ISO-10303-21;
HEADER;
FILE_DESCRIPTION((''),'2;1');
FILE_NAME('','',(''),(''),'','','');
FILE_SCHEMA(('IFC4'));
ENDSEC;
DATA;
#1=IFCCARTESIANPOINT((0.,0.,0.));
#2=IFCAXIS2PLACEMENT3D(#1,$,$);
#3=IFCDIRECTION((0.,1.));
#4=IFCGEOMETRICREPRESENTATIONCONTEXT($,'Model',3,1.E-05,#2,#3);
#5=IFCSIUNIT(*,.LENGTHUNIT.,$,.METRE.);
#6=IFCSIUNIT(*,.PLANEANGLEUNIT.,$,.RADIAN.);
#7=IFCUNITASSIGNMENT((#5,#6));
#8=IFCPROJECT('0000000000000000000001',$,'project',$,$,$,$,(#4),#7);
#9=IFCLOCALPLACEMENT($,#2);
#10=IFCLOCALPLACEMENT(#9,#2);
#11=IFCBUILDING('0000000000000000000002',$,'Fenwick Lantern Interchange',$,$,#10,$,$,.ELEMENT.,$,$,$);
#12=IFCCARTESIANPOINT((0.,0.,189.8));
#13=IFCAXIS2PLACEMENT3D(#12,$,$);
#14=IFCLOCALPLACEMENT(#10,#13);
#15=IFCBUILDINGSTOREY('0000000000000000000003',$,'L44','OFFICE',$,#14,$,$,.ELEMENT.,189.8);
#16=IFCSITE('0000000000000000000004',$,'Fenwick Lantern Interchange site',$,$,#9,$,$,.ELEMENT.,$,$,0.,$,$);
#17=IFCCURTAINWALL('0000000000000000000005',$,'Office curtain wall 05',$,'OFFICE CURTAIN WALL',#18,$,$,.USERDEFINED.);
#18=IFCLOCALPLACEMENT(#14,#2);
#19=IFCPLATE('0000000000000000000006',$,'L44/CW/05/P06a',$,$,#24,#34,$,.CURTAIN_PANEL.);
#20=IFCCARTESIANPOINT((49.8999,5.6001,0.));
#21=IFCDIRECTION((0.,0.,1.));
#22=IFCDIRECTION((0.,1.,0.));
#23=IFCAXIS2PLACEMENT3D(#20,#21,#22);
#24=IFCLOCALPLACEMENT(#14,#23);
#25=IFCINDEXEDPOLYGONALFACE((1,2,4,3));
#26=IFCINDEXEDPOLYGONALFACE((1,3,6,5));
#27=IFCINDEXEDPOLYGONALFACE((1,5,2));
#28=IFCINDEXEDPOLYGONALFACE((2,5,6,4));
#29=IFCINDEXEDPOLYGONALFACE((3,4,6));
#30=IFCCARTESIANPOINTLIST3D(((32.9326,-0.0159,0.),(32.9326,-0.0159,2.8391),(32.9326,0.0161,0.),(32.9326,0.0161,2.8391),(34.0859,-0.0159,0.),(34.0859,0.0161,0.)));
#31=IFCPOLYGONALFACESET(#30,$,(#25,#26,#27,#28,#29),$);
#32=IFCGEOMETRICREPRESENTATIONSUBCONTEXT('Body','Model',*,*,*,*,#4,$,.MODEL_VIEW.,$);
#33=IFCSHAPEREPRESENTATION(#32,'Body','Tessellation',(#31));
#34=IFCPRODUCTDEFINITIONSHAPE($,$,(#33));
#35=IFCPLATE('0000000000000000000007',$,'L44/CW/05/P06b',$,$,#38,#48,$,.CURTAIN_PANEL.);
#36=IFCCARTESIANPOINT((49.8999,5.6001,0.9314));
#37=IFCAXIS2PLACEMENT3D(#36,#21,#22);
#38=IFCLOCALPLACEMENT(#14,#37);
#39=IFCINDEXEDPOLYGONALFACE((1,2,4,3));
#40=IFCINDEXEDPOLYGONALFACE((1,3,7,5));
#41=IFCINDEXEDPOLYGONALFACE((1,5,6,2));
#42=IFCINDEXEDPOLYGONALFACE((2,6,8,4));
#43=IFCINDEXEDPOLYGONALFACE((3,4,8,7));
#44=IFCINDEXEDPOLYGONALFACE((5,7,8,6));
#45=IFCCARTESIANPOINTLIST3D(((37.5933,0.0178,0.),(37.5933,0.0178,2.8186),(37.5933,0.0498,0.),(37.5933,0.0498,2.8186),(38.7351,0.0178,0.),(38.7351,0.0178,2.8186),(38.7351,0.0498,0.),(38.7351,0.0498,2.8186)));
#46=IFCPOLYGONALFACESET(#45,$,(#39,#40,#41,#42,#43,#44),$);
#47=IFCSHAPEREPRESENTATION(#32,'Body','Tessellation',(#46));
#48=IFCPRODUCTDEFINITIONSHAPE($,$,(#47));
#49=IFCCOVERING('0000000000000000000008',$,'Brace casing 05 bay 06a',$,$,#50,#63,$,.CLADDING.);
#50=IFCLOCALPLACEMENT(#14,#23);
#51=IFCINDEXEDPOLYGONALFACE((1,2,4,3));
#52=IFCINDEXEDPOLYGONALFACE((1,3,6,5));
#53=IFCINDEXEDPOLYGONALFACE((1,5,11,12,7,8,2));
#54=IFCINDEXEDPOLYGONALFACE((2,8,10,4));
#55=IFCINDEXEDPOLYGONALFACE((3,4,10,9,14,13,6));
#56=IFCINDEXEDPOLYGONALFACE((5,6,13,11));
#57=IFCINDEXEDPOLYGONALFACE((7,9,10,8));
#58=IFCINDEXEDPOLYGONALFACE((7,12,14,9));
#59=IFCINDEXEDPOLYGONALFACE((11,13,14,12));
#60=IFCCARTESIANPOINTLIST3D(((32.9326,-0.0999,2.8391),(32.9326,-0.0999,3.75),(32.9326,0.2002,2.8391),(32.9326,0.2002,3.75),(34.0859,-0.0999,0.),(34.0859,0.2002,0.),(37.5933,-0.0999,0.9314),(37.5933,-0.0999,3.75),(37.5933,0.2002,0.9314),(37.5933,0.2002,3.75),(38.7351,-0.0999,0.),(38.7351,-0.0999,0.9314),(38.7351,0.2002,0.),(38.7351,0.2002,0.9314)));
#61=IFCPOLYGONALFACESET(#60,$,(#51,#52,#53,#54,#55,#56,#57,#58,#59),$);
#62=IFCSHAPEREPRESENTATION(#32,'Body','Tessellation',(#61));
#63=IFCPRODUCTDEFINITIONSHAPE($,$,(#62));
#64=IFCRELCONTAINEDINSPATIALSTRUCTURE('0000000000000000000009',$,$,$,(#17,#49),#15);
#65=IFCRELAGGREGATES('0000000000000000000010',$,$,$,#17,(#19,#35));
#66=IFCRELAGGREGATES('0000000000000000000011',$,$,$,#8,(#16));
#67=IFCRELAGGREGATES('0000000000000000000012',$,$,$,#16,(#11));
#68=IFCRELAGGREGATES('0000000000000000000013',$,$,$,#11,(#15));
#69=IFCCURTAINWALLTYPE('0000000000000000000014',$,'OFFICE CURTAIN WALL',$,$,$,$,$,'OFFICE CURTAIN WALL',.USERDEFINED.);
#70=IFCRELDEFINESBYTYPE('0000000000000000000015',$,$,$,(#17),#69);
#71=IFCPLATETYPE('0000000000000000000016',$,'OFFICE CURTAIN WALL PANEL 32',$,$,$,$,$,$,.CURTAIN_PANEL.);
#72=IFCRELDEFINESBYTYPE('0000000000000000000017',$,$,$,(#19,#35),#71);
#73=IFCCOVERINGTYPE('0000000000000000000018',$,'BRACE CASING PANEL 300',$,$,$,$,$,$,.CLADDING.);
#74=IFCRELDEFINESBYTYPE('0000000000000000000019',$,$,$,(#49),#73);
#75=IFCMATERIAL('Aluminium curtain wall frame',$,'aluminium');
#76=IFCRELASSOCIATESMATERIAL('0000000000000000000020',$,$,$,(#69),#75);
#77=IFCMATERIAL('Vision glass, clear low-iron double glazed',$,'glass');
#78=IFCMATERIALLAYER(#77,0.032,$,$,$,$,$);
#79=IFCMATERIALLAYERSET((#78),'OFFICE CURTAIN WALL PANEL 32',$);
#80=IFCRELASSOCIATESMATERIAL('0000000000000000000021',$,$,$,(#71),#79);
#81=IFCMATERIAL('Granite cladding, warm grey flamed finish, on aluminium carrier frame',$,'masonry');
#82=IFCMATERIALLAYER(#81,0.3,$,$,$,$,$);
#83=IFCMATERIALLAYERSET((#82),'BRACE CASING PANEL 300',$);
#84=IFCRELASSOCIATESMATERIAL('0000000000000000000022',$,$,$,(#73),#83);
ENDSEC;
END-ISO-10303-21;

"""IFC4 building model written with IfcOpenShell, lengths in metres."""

from ifc_helpers import new_model, si_unit, direction, frame, origin, place, context, subcontext, project, spatial, polyline, outline, extrude, material, layer, layer_set, type_object, element, aggregate, save


model = new_model("IFC4")

# Units and contexts
model_context = context("Model", 3, precision=1e-05, world=origin(), true_north=direction((0.0, 1.0)))
body_context = subcontext(model_context, "Body", "Model", "MODEL_VIEW")
ifc_project = project(units=[si_unit("LENGTHUNIT", "METRE"), si_unit("PLANEANGLEUNIT", "RADIAN")], contexts=[model_context])

# Site, building, storey
site_placement = place(None, origin())
site = spatial("IfcSite", under=ifc_project, at=site_placement, Name="Fenwick Lantern Interchange site", CompositionType="ELEMENT", RefElevation=0.0)
building_placement = place(site_placement, origin())
building = spatial("IfcBuilding", under=site, at=building_placement, Name="Fenwick Lantern Interchange", CompositionType="ELEMENT")
storey_placement = place(building_placement, frame((0.0, 0.0, 189.8)))
storey = spatial("IfcBuildingStorey", under=building, at=storey_placement, Name="L44", Description="OFFICE", CompositionType="ELEMENT", Elevation=189.8)

# Curtain wall, plates
ifc_material_1 = material(Name="Aluminium curtain wall frame", Category="aluminium")
curtain_wall_type = type_object("IfcCurtainWallType", Name="OFFICE CURTAIN WALL", ElementType="OFFICE CURTAIN WALL", PredefinedType="USERDEFINED", material=ifc_material_1)
curtain_wall_placement = place(storey_placement, origin())
curtain_wall = element("IfcCurtainWall", 1, at=curtain_wall_placement, inside=storey, type_object=curtain_wall_type, Name="Office curtain wall 05", ObjectType="OFFICE CURTAIN WALL", PredefinedType="USERDEFINED")
ifc_material_2 = material(Name="Vision glass, clear low-iron double glazed", Category="glass")
ifc_layer_1 = layer(ifc_material_2, 0.032)
ifc_layer_set_1 = layer_set([ifc_layer_1], Name="OFFICE CURTAIN WALL PANEL 32")
plate_type = type_object("IfcPlateType", Name="OFFICE CURTAIN WALL PANEL 32", PredefinedType="CURTAIN_PANEL", material=ifc_layer_set_1)
plate_1_placement = place(storey_placement, frame((49.8999, 5.6001, 0.0), z_axis=(0.0, 0.0, 1.0), x_axis=(0.0, 1.0, 0.0)))
plate_1 = element("IfcPlate", 2, at=plate_1_placement, type_object=plate_type, Name="L44/CW/05/P06a", PredefinedType="CURTAIN_PANEL", context=body_context, shape_type="SweptSolid", body=[
    extrude(outline(polyline([(32.9326, 0.0), (34.0859, 0.0), (32.9326, 2.8391), (32.9326, 0.0)])), frame((0.0, 0.0161, 0.0), z_axis=(0.0, -1.0, 0.0), x_axis=(1.0, 0.0, 0.0)), (0.0, 0.0, 1.0), 0.032),
])
plate_2_placement = place(storey_placement, frame((49.8999, 5.6001, 0.9314), z_axis=(0.0, 0.0, 1.0), x_axis=(0.0, 1.0, 0.0)))
plate_2 = element("IfcPlate", 3, at=plate_2_placement, type_object=plate_type, Name="L44/CW/05/P06b", PredefinedType="CURTAIN_PANEL", context=body_context, shape_type="SweptSolid", body=[
    extrude(outline(polyline([(37.5933, 0.0), (38.7351, 0.0), (38.7351, 2.8186), (37.5933, 2.8186), (37.5933, 0.0)])), frame((0.0, 0.0498, 0.0), z_axis=(0.0, -1.0, 0.0), x_axis=(1.0, 0.0, 0.0)), (0.0, 0.0, 1.0), 0.032),
])
aggregate(curtain_wall, [plate_1, plate_2])

# Covering
ifc_material_3 = material(Name="Granite cladding, warm grey flamed finish, on aluminium carrier frame", Category="masonry")
ifc_layer_2 = layer(ifc_material_3, 0.3)
ifc_layer_set_2 = layer_set([ifc_layer_2], Name="BRACE CASING PANEL 300")
covering_type = type_object("IfcCoveringType", Name="BRACE CASING PANEL 300", PredefinedType="CLADDING", material=ifc_layer_set_2)
covering_placement = place(storey_placement, frame((49.8999, 5.6001, 0.0), z_axis=(0.0, 0.0, 1.0), x_axis=(0.0, 1.0, 0.0)))
element("IfcCovering", 4, at=covering_placement, inside=storey, type_object=covering_type, Name="Brace casing 05 bay 06a", PredefinedType="CLADDING", context=body_context, shape_type="SweptSolid", body=[
    extrude(outline(polyline([(34.0859, 0.0), (38.7351, 0.0), (38.7351, 0.9314), (37.5933, 0.9314), (37.5933, 3.75), (32.9326, 3.75), (32.9326, 2.8391), (34.0859, 0.0)])), frame((0.0, 0.2002, 0.0), z_axis=(0.0, -1.0, 0.0), x_axis=(1.0, 0.0, 0.0)), (0.0, 0.0, 1.0), 0.3),
])

save(model, "model.ifc")
